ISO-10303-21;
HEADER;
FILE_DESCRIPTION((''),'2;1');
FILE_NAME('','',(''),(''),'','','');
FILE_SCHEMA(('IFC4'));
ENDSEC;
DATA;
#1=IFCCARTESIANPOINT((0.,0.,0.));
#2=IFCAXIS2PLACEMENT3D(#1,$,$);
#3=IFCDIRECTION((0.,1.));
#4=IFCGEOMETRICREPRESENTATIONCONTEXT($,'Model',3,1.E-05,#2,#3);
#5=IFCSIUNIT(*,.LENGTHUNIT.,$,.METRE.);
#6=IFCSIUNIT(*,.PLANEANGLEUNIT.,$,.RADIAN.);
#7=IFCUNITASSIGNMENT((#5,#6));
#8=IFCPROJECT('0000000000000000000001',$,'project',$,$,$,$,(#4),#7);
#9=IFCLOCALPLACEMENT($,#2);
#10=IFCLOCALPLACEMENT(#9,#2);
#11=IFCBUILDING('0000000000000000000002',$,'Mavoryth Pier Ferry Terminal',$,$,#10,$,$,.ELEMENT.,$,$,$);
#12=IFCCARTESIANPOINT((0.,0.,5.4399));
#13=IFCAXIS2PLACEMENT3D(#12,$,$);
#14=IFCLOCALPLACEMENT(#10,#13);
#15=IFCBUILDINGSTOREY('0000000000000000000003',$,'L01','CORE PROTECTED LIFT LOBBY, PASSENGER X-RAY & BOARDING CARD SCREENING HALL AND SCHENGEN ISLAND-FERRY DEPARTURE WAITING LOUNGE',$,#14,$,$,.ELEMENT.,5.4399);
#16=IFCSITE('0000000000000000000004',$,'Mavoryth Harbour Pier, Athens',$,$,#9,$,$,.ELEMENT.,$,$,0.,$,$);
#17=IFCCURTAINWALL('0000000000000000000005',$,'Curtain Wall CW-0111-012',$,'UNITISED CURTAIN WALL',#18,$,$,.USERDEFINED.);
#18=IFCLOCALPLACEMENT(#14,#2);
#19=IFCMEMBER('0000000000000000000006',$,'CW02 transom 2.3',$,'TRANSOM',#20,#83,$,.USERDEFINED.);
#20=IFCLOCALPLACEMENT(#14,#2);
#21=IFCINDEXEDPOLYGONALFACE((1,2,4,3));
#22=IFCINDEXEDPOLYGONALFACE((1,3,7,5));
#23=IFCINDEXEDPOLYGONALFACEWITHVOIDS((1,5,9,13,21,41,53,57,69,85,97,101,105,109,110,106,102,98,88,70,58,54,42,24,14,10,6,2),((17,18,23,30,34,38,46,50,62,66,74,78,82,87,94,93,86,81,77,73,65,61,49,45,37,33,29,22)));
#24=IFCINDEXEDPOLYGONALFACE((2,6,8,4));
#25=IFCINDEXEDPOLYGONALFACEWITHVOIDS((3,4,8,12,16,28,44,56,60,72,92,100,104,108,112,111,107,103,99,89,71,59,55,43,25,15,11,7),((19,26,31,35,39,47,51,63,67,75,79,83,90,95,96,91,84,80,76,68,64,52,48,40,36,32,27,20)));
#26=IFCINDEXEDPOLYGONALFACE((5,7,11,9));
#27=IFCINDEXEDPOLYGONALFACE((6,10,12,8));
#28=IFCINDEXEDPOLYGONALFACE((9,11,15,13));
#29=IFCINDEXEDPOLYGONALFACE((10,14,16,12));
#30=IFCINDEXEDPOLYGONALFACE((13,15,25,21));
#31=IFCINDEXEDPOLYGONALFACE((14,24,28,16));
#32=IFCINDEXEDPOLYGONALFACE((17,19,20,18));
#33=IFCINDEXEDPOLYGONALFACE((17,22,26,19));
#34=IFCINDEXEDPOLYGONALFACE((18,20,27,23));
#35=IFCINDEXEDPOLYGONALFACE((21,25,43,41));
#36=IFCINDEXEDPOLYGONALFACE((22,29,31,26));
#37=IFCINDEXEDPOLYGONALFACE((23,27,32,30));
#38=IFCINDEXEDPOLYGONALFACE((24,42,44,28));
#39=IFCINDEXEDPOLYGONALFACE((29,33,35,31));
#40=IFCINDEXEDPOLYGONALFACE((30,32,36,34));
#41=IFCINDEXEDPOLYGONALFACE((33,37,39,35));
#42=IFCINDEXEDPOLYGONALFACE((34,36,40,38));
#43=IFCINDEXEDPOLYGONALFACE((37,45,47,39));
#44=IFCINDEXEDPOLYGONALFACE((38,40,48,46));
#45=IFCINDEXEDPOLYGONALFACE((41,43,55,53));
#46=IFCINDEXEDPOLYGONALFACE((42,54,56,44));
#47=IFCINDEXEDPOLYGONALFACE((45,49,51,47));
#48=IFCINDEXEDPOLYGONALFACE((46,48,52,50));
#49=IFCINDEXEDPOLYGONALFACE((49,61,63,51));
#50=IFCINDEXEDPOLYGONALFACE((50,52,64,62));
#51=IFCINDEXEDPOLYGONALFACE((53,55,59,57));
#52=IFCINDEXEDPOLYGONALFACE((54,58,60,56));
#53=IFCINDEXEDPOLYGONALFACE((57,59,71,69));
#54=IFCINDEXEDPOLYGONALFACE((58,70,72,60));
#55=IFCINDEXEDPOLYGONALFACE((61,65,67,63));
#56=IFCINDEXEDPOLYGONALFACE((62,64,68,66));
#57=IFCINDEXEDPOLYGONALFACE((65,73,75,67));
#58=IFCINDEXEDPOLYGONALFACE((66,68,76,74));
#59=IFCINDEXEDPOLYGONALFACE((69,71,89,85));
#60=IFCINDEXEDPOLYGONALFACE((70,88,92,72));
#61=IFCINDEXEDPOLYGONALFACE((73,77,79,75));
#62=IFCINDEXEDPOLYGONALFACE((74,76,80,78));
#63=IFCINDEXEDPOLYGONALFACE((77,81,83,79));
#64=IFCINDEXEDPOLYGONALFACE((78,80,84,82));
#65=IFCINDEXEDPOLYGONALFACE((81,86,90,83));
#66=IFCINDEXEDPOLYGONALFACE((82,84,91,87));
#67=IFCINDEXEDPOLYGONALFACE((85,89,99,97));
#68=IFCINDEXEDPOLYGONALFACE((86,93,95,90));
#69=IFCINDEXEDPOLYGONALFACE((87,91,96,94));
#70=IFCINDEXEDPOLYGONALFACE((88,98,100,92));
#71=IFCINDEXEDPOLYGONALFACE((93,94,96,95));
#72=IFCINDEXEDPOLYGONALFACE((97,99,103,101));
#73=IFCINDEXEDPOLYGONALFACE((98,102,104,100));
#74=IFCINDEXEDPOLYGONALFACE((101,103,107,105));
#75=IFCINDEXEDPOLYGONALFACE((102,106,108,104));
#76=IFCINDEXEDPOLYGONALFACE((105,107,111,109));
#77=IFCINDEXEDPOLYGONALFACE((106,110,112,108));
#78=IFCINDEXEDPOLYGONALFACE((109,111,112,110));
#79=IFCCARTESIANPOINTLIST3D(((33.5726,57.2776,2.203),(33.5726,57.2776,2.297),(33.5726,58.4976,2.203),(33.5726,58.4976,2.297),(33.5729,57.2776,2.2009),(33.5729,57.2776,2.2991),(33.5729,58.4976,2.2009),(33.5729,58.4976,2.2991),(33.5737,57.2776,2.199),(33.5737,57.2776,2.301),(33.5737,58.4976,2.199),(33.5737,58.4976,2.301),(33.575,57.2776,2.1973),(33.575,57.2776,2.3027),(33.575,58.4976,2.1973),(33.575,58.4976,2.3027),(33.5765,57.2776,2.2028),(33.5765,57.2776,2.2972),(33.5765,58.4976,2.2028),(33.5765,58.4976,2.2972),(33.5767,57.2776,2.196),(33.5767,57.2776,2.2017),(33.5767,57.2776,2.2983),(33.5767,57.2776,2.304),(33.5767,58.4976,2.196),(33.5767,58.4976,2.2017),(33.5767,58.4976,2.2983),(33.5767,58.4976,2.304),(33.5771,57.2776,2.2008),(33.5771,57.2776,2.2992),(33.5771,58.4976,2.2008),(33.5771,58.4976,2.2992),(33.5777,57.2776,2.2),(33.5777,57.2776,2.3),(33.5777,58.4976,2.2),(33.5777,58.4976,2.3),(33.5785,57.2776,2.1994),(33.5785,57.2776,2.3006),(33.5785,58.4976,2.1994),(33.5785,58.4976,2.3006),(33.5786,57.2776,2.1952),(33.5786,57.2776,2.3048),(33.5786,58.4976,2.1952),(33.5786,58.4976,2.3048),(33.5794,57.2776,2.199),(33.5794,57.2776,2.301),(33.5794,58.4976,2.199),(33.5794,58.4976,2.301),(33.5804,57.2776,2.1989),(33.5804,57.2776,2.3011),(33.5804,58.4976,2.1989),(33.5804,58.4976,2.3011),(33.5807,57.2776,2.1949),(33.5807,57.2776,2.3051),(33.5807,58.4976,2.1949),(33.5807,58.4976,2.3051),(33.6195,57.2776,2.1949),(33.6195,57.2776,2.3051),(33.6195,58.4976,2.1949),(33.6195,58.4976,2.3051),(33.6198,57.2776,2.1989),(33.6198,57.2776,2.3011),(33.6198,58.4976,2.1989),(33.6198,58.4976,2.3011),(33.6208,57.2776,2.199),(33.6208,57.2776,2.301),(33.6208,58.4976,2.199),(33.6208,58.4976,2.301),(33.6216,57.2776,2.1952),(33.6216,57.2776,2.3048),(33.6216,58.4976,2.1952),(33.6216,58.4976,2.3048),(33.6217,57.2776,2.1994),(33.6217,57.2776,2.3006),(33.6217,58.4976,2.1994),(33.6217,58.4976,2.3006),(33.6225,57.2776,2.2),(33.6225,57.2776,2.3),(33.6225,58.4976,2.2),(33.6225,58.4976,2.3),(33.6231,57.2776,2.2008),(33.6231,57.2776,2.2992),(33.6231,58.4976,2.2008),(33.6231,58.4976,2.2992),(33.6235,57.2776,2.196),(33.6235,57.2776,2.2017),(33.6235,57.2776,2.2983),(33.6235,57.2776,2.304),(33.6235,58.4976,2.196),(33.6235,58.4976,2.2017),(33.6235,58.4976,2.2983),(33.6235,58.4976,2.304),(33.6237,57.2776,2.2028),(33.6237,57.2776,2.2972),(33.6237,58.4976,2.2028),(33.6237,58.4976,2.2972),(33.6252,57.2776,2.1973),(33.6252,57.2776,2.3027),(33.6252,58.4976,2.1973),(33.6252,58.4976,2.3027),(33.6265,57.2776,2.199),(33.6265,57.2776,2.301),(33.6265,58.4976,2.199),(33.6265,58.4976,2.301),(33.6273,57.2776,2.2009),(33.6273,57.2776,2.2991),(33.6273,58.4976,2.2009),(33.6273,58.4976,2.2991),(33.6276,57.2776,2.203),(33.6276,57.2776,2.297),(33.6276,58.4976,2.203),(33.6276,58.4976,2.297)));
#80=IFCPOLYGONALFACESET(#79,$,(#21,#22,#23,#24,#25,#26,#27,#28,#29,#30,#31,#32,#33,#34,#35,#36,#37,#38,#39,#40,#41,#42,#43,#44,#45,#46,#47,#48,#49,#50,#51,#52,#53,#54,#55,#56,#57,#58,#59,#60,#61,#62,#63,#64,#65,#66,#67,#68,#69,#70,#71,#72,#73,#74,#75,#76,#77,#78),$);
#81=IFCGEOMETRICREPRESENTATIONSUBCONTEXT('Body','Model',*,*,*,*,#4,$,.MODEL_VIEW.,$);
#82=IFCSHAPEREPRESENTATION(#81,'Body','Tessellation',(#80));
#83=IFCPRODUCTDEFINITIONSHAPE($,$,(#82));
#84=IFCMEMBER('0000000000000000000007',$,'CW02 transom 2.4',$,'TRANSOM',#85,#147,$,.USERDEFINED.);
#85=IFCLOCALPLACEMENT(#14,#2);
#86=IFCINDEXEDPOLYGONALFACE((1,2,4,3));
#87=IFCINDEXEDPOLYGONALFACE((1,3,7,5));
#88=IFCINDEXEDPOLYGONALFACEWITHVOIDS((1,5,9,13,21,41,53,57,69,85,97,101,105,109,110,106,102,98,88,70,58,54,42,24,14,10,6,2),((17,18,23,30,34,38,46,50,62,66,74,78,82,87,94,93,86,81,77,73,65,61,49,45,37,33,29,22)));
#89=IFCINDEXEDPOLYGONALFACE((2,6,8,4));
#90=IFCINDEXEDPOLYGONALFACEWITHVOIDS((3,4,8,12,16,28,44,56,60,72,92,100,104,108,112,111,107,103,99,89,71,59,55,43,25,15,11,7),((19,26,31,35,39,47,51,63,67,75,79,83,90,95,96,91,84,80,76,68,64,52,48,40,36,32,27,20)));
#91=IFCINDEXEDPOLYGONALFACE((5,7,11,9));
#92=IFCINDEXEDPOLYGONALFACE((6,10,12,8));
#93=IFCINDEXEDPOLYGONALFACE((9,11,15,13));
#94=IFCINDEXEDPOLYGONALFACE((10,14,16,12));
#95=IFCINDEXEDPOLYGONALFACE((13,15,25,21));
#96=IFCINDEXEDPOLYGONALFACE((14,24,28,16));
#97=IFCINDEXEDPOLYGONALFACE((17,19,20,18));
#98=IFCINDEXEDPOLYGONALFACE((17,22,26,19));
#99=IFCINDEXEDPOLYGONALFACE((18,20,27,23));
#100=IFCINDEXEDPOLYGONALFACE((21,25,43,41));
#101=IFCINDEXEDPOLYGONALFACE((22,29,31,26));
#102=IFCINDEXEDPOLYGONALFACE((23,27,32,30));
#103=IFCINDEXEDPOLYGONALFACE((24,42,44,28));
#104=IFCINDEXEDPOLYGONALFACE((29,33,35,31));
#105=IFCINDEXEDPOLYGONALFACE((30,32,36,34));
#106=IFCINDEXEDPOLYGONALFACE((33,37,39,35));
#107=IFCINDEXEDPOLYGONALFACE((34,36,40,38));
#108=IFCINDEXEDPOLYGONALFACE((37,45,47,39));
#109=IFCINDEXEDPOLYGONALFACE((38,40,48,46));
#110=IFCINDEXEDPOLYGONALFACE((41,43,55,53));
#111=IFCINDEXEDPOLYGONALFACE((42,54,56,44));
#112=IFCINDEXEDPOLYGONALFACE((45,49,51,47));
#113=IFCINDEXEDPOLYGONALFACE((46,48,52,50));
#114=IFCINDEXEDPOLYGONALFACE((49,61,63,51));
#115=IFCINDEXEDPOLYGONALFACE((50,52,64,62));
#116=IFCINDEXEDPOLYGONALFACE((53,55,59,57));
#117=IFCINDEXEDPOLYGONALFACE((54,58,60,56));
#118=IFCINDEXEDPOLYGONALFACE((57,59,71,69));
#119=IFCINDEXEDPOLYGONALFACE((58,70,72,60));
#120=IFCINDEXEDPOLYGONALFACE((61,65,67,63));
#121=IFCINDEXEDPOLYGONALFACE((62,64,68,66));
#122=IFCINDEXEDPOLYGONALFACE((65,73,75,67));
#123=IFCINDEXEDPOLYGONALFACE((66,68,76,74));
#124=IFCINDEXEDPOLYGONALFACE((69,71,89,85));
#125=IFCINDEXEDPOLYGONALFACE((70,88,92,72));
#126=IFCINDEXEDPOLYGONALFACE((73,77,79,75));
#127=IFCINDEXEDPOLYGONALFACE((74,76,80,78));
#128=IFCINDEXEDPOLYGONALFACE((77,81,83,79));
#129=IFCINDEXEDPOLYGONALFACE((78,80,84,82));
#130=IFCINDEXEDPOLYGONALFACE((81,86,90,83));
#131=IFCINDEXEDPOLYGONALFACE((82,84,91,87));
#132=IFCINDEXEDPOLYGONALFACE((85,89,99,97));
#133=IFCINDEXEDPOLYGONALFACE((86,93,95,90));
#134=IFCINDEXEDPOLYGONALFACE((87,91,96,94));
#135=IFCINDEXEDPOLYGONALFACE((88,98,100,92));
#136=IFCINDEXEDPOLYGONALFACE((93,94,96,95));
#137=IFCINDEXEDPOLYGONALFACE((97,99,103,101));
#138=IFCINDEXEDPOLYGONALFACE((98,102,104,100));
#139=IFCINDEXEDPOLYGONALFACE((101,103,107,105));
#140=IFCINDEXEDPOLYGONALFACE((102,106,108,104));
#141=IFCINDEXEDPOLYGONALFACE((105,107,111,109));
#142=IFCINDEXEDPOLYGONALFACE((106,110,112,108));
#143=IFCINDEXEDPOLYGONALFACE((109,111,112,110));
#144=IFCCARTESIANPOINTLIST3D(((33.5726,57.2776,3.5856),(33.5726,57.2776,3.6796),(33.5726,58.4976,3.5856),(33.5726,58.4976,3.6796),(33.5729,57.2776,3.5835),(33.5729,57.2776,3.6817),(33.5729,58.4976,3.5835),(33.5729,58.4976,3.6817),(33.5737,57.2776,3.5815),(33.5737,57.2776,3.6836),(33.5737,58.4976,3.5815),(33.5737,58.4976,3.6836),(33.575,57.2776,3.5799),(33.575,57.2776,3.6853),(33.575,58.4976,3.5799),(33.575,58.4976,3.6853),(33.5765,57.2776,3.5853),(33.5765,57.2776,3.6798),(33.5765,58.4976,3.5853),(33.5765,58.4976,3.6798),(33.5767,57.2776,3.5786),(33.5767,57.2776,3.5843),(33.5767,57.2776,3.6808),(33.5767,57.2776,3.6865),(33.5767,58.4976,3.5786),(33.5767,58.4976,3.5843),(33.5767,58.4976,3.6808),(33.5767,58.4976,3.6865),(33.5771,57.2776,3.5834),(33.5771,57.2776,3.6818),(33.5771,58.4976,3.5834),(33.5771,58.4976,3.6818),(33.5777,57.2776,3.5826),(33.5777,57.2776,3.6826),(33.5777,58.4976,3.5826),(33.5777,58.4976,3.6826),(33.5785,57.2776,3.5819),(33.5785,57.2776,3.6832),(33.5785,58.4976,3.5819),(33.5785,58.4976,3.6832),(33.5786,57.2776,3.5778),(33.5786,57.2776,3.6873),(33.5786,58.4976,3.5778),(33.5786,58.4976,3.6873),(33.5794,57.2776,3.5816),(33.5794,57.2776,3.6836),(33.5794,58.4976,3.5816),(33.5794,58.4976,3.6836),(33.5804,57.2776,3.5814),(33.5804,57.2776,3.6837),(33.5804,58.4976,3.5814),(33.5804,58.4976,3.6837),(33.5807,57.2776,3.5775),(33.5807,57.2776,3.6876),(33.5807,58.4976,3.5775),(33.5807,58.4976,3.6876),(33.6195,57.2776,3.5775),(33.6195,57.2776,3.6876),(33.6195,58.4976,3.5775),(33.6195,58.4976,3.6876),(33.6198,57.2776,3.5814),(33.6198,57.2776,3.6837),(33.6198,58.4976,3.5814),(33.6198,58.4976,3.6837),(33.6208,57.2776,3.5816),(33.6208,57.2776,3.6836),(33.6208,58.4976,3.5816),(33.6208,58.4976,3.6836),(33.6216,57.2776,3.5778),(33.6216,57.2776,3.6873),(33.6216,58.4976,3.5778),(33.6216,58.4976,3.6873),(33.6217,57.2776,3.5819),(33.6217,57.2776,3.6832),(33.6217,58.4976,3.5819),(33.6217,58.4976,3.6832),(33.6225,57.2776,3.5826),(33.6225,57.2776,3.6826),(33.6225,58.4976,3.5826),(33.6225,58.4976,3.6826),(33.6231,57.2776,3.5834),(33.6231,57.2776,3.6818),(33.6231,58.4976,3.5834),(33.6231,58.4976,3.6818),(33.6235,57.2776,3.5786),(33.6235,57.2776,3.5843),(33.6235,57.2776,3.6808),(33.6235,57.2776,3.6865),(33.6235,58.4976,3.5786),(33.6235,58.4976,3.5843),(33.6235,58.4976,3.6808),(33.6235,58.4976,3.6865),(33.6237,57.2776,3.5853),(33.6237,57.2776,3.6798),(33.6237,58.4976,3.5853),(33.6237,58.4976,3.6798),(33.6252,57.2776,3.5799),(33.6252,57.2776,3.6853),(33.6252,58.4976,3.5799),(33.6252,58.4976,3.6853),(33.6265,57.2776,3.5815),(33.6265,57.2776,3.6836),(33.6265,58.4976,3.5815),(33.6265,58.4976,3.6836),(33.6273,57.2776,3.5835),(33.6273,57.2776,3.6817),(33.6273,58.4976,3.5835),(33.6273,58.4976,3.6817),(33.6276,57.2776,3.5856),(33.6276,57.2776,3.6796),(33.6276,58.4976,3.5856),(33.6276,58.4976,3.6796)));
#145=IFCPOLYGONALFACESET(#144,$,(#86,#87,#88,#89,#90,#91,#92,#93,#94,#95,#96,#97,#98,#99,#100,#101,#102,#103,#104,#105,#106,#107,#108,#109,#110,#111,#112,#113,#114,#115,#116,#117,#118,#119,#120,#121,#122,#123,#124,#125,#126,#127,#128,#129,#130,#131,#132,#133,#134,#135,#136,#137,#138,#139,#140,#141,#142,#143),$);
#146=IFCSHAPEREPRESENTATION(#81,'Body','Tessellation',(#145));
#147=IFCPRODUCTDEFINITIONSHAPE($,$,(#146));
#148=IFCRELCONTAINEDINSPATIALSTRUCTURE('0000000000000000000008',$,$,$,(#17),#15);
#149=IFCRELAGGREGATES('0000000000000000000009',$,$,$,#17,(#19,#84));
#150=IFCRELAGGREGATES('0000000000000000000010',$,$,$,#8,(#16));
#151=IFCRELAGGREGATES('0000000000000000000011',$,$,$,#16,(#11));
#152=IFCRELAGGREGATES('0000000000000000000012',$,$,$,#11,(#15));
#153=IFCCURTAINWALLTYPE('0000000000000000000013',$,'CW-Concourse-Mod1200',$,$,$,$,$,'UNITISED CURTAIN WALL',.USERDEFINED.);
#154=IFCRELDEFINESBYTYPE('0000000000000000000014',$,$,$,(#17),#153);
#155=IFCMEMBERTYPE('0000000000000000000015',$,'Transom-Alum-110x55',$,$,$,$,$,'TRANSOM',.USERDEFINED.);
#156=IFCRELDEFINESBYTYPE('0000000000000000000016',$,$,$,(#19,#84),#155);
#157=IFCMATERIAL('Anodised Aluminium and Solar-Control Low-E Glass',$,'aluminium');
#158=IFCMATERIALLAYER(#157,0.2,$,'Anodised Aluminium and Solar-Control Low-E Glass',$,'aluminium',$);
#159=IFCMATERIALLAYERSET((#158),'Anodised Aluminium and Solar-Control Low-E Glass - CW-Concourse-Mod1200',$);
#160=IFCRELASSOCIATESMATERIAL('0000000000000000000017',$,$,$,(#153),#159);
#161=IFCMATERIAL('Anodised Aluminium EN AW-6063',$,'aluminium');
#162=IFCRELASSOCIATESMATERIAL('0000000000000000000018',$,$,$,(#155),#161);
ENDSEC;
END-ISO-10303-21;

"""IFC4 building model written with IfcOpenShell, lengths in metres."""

from ifc_helpers import new_model, si_unit, direction, frame, origin, origin_2d, place, context, subcontext, project, spatial, hollow_rectangle, extrude, material, layer, layer_set, material_profile, profile_set, type_object, element, aggregate, save


model = new_model("IFC4")

# Units and contexts
model_context = context("Model", 3, precision=1e-05, world=origin(), true_north=direction((0.0, 1.0)))
body_context = subcontext(model_context, "Body", "Model", "MODEL_VIEW")
ifc_project = project(units=[si_unit("LENGTHUNIT", "METRE"), si_unit("PLANEANGLEUNIT", "RADIAN")], contexts=[model_context])

# Site, building, storey
site_placement = place(None, origin())
site = spatial("IfcSite", under=ifc_project, at=site_placement, Name="Mavoryth Harbour Pier, Athens", CompositionType="ELEMENT", RefElevation=0.0)
building_placement = place(site_placement, origin())
building = spatial("IfcBuilding", under=site, at=building_placement, Name="Mavoryth Pier Ferry Terminal", CompositionType="ELEMENT")
storey_placement = place(building_placement, frame((0.0, 0.0, 5.4399)))
storey = spatial("IfcBuildingStorey", under=building, at=storey_placement, Name="L01", Description="CORE PROTECTED LIFT LOBBY, PASSENGER X-RAY & BOARDING CARD SCREENING HALL AND SCHENGEN ISLAND-FERRY DEPARTURE WAITING LOUNGE", CompositionType="ELEMENT", Elevation=5.4399)

# Curtain wall, members
ifc_material_1 = material(Name="Anodised Aluminium and Solar-Control Low-E Glass", Category="aluminium")
ifc_layer_1 = layer(ifc_material_1, 0.2, Name="Anodised Aluminium and Solar-Control Low-E Glass", Category="aluminium")
ifc_layer_set_1 = layer_set([ifc_layer_1], Name="Anodised Aluminium and Solar-Control Low-E Glass - CW-Concourse-Mod1200")
curtain_wall_type = type_object("IfcCurtainWallType", Name="CW-Concourse-Mod1200", ElementType="UNITISED CURTAIN WALL", PredefinedType="USERDEFINED", material=ifc_layer_set_1)
curtain_wall_placement = place(storey_placement, origin())
curtain_wall = element("IfcCurtainWall", 1, at=curtain_wall_placement, inside=storey, type_object=curtain_wall_type, Name="Curtain Wall CW-0111-012", ObjectType="UNITISED CURTAIN WALL", PredefinedType="USERDEFINED")
ifc_material_2 = material(Name="Anodised Aluminium EN AW-6063", Category="aluminium")
ifc_material_profile_1 = material_profile(ifc_material_2, hollow_rectangle(XDim=0.0549, YDim=0.1101, WallThickness=0.0039, InnerFilletRadius=0.0039, OuterFilletRadius=0.0081, at=origin_2d()), Name="AL-TRAN 110x55x4", Category="aluminium")
ifc_profile_set_1 = profile_set([ifc_material_profile_1], Name="Anodised Aluminium EN AW-6063 - AL-TRAN 110x55x4")
member_type_1 = type_object("IfcMemberType", Name="Transom-Alum-110x55", ElementType="TRANSOM", PredefinedType="USERDEFINED", material=ifc_profile_set_1)
member_1_placement = place(storey_placement, frame((33.6001, 57.2776, 2.25), z_axis=(0.0, 1.0, 0.0), x_axis=(-1.0, 0.0, 0.0)))
member_1 = element("IfcMember", 2, at=member_1_placement, type_object=member_type_1, Name="CW02 transom 2.3", ObjectType="TRANSOM", PredefinedType="USERDEFINED", context=body_context, shape_type="SweptSolid", body=[
    extrude(hollow_rectangle(XDim=0.0549, YDim=0.1101, WallThickness=0.0039, InnerFilletRadius=0.0039, OuterFilletRadius=0.0081, at=origin_2d()), origin(), (0.0, 0.0, 1.0), 1.22),
])
member_2_placement = place(storey_placement, frame((33.6001, 57.2776, 3.6326), z_axis=(0.0, 1.0, 0.0), x_axis=(-1.0, 0.0, 0.0)))
member_2 = element("IfcMember", 3, at=member_2_placement, type_object=member_type_1, Name="CW02 transom 2.4", ObjectType="TRANSOM", PredefinedType="USERDEFINED", context=body_context, shape_type="SweptSolid", body=[
    extrude(hollow_rectangle(XDim=0.0549, YDim=0.1101, WallThickness=0.0039, InnerFilletRadius=0.0039, OuterFilletRadius=0.0081, at=origin_2d()), origin(), (0.0, 0.0, 1.0), 1.22),
])
aggregate(curtain_wall, [member_1, member_2])

save(model, "model.ifc")
